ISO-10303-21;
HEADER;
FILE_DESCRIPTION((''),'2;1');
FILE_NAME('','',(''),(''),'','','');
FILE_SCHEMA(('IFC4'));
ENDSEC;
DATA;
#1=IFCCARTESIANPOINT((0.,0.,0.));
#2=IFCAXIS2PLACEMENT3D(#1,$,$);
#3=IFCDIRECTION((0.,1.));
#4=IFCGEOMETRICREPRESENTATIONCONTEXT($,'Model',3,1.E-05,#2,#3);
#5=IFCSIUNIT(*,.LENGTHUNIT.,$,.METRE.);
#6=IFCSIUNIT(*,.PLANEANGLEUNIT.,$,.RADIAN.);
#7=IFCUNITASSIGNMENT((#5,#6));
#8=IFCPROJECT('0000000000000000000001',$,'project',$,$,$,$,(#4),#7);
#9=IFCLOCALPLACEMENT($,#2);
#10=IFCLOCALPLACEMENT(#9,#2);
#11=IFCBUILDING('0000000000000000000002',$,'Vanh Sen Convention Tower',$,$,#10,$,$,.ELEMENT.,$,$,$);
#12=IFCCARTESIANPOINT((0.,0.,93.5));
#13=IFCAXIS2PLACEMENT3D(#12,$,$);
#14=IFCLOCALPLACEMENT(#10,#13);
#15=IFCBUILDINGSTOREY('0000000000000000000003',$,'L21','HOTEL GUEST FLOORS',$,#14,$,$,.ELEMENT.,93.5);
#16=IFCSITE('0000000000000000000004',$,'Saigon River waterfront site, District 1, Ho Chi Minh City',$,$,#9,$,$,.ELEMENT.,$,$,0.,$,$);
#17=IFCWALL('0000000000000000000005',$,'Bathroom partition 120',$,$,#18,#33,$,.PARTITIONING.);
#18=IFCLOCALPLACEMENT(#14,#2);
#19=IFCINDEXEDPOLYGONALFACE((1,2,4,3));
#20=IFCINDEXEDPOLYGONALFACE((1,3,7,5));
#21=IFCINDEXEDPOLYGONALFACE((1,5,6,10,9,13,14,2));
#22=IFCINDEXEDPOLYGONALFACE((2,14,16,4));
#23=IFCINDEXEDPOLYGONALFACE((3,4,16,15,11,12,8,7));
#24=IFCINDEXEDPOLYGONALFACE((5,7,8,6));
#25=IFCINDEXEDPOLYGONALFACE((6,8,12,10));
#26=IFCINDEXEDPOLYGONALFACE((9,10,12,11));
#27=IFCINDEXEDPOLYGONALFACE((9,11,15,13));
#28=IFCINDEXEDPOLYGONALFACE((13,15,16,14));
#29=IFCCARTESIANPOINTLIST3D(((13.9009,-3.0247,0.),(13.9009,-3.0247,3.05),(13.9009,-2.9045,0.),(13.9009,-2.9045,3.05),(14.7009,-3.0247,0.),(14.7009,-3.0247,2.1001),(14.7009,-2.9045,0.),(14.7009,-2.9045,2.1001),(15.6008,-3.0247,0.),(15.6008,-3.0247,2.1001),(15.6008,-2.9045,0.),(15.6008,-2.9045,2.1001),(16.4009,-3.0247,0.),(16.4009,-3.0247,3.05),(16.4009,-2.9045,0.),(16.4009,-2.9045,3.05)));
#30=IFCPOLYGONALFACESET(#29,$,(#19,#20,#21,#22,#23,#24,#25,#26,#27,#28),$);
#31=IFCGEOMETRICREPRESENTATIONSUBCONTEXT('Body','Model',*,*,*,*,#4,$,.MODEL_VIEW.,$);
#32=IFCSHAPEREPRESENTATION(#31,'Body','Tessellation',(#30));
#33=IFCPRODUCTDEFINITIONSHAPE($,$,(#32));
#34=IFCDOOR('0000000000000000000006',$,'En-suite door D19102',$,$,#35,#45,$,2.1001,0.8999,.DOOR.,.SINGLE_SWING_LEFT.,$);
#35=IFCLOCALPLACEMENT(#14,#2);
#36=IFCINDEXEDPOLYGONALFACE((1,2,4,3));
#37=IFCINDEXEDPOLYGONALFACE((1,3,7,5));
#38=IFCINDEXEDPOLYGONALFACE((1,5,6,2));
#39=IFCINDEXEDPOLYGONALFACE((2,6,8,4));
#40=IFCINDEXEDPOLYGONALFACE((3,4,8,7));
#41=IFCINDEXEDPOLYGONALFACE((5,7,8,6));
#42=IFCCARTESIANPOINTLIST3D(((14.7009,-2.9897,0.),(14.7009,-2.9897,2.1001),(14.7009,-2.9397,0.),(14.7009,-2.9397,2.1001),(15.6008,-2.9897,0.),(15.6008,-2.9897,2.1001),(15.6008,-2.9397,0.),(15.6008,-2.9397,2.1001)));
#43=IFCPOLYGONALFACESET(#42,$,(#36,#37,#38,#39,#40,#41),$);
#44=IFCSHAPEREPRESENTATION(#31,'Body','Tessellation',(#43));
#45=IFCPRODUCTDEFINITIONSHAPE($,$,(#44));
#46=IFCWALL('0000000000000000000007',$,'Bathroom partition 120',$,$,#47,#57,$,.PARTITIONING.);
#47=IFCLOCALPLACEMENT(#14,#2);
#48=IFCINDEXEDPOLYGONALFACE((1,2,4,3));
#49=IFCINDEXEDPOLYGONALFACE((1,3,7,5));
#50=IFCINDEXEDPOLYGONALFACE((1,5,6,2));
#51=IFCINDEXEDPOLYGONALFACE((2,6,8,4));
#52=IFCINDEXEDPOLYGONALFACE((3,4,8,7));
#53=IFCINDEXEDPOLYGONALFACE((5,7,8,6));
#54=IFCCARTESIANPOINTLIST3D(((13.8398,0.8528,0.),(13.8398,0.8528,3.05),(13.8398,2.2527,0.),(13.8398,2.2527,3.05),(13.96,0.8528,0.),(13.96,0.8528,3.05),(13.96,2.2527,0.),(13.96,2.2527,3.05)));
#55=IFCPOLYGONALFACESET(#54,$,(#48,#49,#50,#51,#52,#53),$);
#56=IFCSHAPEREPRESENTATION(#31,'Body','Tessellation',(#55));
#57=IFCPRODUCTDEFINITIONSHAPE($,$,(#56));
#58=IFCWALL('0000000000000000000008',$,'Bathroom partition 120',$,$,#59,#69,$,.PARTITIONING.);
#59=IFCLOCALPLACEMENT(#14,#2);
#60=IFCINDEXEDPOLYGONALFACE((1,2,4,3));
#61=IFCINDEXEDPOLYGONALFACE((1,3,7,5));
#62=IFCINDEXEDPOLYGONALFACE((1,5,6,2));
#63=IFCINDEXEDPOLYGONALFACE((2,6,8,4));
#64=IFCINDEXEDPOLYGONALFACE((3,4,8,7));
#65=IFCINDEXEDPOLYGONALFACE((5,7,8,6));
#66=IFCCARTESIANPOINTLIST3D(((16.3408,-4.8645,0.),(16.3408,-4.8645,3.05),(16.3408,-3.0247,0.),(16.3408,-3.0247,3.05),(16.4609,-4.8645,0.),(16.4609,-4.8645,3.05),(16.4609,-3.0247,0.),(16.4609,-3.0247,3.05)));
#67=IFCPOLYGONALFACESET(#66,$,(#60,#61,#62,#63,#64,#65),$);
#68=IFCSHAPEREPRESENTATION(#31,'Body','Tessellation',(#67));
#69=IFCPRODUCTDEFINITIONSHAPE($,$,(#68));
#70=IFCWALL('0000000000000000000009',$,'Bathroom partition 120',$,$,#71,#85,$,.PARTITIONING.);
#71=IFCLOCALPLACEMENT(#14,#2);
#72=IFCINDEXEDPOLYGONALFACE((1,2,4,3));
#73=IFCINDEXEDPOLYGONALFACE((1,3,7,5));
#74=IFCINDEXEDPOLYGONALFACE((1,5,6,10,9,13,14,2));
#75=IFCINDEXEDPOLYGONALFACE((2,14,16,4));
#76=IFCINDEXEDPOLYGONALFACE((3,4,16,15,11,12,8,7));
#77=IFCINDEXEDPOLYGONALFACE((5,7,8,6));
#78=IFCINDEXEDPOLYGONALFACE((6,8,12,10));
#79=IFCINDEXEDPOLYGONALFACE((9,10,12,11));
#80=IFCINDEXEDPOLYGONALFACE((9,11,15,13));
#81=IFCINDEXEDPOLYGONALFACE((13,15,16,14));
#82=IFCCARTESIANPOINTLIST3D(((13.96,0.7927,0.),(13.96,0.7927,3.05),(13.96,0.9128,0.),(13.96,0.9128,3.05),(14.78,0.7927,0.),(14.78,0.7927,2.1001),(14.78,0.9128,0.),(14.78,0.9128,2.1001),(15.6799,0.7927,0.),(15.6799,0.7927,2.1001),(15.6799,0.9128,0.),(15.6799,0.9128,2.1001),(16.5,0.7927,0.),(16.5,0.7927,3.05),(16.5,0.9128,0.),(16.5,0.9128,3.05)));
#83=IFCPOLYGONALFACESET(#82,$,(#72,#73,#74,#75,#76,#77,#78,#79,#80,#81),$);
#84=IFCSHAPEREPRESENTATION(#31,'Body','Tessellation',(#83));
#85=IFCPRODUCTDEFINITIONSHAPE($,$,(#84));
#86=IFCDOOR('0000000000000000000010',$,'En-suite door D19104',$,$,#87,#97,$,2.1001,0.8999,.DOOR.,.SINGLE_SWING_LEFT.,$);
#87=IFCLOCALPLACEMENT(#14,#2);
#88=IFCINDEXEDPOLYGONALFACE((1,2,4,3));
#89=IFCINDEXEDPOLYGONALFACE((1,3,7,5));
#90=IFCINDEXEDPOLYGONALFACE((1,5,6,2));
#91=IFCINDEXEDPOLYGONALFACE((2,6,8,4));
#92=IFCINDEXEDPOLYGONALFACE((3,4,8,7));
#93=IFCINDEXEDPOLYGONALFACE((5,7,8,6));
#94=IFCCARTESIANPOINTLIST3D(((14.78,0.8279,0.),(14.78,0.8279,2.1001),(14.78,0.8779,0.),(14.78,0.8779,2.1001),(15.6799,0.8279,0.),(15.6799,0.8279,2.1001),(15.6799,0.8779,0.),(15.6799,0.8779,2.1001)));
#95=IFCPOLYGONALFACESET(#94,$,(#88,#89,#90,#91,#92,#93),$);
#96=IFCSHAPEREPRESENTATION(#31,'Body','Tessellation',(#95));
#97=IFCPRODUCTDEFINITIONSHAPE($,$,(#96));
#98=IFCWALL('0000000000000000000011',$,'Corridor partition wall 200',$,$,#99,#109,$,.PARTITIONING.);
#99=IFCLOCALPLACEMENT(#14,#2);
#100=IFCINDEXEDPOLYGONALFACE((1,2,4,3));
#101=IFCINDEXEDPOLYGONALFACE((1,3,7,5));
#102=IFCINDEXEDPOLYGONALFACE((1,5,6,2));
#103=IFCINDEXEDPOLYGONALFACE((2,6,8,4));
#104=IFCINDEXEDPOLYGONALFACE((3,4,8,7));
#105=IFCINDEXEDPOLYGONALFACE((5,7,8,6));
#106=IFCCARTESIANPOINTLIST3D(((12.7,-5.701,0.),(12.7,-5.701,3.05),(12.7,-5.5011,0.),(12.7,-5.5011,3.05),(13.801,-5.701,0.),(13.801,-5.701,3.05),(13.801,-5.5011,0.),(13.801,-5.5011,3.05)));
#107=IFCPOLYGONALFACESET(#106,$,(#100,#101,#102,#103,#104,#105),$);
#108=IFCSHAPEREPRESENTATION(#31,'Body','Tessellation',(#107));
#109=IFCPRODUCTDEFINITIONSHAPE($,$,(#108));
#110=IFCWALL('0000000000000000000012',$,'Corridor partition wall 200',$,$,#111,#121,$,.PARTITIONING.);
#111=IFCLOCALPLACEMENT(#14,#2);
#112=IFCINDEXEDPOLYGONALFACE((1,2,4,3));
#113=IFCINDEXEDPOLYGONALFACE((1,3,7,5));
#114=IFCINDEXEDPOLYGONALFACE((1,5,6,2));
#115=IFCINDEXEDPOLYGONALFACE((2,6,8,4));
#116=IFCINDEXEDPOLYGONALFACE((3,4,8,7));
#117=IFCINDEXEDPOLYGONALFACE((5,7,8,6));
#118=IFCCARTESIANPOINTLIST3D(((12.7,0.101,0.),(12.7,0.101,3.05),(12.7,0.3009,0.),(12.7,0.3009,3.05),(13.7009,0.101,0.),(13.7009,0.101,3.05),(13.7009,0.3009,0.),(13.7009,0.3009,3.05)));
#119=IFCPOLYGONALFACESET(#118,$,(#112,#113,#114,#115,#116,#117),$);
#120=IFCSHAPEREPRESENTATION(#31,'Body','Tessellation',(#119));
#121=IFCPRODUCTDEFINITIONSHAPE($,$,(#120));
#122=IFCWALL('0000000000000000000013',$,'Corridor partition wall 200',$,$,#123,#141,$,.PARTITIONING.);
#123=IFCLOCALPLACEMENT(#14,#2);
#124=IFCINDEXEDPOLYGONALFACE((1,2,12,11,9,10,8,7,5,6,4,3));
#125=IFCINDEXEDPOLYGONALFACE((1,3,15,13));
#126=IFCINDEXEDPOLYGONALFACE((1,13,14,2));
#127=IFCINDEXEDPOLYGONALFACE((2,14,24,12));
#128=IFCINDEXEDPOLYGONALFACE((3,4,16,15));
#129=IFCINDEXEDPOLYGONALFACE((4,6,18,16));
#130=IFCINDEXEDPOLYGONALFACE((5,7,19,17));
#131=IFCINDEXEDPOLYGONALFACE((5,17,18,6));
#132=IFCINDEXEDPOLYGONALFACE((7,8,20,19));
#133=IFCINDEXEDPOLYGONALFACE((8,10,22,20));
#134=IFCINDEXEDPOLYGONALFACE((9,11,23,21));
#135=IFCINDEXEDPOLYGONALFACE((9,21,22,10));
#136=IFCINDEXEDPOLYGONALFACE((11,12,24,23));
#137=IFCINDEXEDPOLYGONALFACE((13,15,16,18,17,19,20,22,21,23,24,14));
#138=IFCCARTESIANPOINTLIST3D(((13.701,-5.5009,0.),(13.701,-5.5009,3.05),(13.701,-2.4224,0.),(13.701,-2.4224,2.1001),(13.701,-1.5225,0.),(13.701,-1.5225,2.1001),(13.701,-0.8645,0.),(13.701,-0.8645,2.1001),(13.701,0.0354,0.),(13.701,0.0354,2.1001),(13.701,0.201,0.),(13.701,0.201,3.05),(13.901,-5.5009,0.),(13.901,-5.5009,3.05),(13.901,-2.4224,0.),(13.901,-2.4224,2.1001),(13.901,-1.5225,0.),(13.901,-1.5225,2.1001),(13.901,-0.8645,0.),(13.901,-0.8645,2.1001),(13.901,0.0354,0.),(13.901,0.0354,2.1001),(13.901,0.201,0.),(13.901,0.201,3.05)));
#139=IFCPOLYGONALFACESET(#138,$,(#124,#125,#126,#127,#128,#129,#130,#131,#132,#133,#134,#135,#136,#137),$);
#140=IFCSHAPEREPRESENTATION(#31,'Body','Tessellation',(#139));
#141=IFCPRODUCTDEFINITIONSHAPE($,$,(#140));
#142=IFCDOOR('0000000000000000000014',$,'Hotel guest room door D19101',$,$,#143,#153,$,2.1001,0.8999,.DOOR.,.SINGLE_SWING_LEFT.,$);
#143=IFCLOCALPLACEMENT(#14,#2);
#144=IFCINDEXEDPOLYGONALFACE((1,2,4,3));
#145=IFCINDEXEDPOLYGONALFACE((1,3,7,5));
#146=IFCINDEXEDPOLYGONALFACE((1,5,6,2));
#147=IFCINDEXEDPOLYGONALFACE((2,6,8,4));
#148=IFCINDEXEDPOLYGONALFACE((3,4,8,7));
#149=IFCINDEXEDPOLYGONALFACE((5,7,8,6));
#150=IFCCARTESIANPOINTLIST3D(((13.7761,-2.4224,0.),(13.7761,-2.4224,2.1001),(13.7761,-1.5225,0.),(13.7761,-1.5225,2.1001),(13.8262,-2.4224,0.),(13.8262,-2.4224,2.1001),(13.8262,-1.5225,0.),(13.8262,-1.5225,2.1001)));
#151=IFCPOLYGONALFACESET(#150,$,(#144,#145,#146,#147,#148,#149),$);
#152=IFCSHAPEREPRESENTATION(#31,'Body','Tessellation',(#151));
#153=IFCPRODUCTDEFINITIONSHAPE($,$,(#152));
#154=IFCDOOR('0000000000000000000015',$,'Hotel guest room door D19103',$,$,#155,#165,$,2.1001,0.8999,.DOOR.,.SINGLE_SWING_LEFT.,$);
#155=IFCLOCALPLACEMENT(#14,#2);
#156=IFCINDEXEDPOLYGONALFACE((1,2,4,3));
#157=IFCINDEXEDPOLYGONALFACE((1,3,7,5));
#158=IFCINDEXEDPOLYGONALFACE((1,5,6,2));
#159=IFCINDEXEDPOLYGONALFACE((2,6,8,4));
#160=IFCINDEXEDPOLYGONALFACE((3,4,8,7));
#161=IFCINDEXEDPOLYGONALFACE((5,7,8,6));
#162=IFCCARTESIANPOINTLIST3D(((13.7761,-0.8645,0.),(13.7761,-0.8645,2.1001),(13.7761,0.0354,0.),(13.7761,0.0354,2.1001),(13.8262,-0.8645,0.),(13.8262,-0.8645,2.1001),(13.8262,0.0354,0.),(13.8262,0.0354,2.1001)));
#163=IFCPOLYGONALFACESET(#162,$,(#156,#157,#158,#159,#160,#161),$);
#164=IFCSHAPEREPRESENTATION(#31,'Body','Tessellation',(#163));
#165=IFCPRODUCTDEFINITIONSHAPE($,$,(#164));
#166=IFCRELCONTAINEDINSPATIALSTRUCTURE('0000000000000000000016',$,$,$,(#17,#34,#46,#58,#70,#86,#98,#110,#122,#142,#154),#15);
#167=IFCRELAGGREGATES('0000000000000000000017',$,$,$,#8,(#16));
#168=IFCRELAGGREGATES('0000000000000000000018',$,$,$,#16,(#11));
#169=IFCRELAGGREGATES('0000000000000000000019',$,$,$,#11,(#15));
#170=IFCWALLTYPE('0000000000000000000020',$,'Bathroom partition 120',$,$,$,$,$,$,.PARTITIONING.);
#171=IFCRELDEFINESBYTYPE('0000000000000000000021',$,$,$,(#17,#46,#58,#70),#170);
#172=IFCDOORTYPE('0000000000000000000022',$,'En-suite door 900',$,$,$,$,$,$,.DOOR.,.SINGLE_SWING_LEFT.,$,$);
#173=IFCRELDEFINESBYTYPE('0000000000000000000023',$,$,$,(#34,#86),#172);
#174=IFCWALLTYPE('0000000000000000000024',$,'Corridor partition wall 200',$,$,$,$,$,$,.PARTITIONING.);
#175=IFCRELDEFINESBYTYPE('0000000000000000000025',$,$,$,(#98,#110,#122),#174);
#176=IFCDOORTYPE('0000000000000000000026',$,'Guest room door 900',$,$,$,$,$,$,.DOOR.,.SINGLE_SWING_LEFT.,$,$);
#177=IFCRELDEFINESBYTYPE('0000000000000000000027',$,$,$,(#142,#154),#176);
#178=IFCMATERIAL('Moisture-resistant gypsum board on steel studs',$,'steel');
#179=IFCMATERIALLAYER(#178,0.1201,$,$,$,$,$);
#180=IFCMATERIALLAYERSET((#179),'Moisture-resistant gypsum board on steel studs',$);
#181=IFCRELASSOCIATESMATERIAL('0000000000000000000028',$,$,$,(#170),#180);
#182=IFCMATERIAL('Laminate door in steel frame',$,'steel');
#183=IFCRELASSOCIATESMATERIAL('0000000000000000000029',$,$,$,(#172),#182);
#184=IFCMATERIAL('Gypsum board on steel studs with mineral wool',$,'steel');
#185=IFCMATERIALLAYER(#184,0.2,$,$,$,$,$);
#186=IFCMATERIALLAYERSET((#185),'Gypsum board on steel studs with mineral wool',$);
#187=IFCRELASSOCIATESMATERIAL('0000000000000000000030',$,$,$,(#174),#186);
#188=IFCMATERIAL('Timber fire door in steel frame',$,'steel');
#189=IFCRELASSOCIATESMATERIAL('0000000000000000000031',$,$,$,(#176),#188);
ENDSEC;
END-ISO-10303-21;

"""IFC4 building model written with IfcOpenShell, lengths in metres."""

from ifc_helpers import new_model, si_unit, direction, frame, frame_2d, origin, place, context, subcontext, project, spatial, rectangle, extrude, material, layer, layer_set, type_object, element, fill, save


model = new_model("IFC4")

# Units and contexts
model_context = context("Model", 3, precision=1e-05, world=origin(), true_north=direction((0.0, 1.0)))
body_context = subcontext(model_context, "Body", "Model", "MODEL_VIEW")
ifc_project = project(units=[si_unit("LENGTHUNIT", "METRE"), si_unit("PLANEANGLEUNIT", "RADIAN")], contexts=[model_context])

# Site, building, storey
site_placement = place(None, origin())
site = spatial("IfcSite", under=ifc_project, at=site_placement, Name="Saigon River waterfront site, District 1, Ho Chi Minh City", CompositionType="ELEMENT", RefElevation=0.0)
building_placement = place(site_placement, origin())
building = spatial("IfcBuilding", under=site, at=building_placement, Name="Vanh Sen Convention Tower", CompositionType="ELEMENT")
storey_placement = place(building_placement, frame((0.0, 0.0, 93.5)))
storey = spatial("IfcBuildingStorey", under=building, at=storey_placement, Name="L21", Description="HOTEL GUEST FLOORS", CompositionType="ELEMENT", Elevation=93.5)

# Wall, opening, door
ifc_material_1 = material(Name="Moisture-resistant gypsum board on steel studs", Category="steel")
ifc_layer_1 = layer(ifc_material_1, 0.1201)
ifc_layer_set_1 = layer_set([ifc_layer_1], Name="Moisture-resistant gypsum board on steel studs")
wall_type_1 = type_object("IfcWallType", Name="Bathroom partition 120", PredefinedType="PARTITIONING", material=ifc_layer_set_1)
wall_1_placement = place(storey_placement, frame((13.9009, -2.9646, 0.0), z_axis=(0.0, 0.0, 1.0), x_axis=(1.0, 0.0, 0.0)))
wall_1 = element("IfcWall", 1, at=wall_1_placement, inside=storey, type_object=wall_type_1, Name="Bathroom partition 120", PredefinedType="PARTITIONING", context=body_context, shape_type="SweptSolid", body=[
    extrude(rectangle(XDim=2.5, YDim=0.1201, at=frame_2d((1.25, 0.0))), origin(), (0.0, 0.0, 1.0), 3.05),
])
opening_1_placement = place(wall_1_placement, frame((0.8, 0.0, 0.0)))
opening_1 = element("IfcOpeningElement", 2, at=opening_1_placement, cuts=wall_1, PredefinedType="OPENING", context=body_context, shape_type="SweptSolid", body=[
    extrude(rectangle(XDim=0.8999, YDim=2.1001, at=frame_2d((0.45, 1.05))), frame((0.0, 0.0701, 0.0), z_axis=(0.0, -1.0, 0.0), x_axis=(1.0, 0.0, 0.0)), (0.0, 0.0, 1.0), 0.1401),
])
ifc_material_2 = material(Name="Laminate door in steel frame", Category="steel")
door_type_1 = type_object("IfcDoorType", Name="En-suite door 900", OperationType="SINGLE_SWING_LEFT", PredefinedType="DOOR", material=ifc_material_2)
door_1_placement = place(opening_1_placement, origin())
door_1 = element("IfcDoor", 3, at=door_1_placement, inside=storey, type_object=door_type_1, Name="En-suite door D19102", OperationType="SINGLE_SWING_LEFT", OverallHeight=2.1001, OverallWidth=0.8999, PredefinedType="DOOR", context=body_context, shape_type="SweptSolid", body=[
    extrude(rectangle(XDim=0.8999, YDim=2.1001, at=frame_2d((0.45, 1.05))), frame((0.0, 0.0249, 0.0), z_axis=(0.0, -1.0, 0.0), x_axis=(1.0, 0.0, 0.0)), (0.0, 0.0, 1.0), 0.05),
])
fill(opening_1, door_1)

# Walls
wall_2_placement = place(storey_placement, frame((13.8999, 0.8528, 0.0), z_axis=(0.0, 0.0, 1.0), x_axis=(0.0, 1.0, 0.0)))
element("IfcWall", 4, at=wall_2_placement, inside=storey, type_object=wall_type_1, Name="Bathroom partition 120", PredefinedType="PARTITIONING", context=body_context, shape_type="SweptSolid", body=[
    extrude(rectangle(XDim=1.3999, YDim=0.1201, at=frame_2d((0.7, 0.0))), origin(), (0.0, 0.0, 1.0), 3.05),
])
wall_3_placement = place(storey_placement, frame((16.4009, -3.0247, 0.0), z_axis=(0.0, 0.0, 1.0), x_axis=(0.0, -1.0, 0.0)))
element("IfcWall", 5, at=wall_3_placement, inside=storey, type_object=wall_type_1, Name="Bathroom partition 120", PredefinedType="PARTITIONING", context=body_context, shape_type="SweptSolid", body=[
    extrude(rectangle(XDim=1.8398, YDim=0.1201, at=frame_2d((0.9199, 0.0))), origin(), (0.0, 0.0, 1.0), 3.05),
])

# Wall, opening, door
wall_4_placement = place(storey_placement, frame((16.5, 0.8528, 0.0), z_axis=(0.0, 0.0, 1.0), x_axis=(-1.0, 0.0, 0.0)))
wall_4 = element("IfcWall", 6, at=wall_4_placement, inside=storey, type_object=wall_type_1, Name="Bathroom partition 120", PredefinedType="PARTITIONING", context=body_context, shape_type="SweptSolid", body=[
    extrude(rectangle(XDim=2.54, YDim=0.1201, at=frame_2d((1.27, 0.0))), origin(), (0.0, 0.0, 1.0), 3.05),
])
opening_2_placement = place(wall_4_placement, frame((0.8201, 0.0, 0.0)))
opening_2 = element("IfcOpeningElement", 7, at=opening_2_placement, cuts=wall_4, PredefinedType="OPENING", context=body_context, shape_type="SweptSolid", body=[
    extrude(rectangle(XDim=0.8999, YDim=2.1001, at=frame_2d((0.45, 1.05))), frame((0.0, 0.0701, 0.0), z_axis=(0.0, -1.0, 0.0), x_axis=(1.0, 0.0, 0.0)), (0.0, 0.0, 1.0), 0.1401),
])
door_2_placement = place(opening_2_placement, origin())
door_2 = element("IfcDoor", 8, at=door_2_placement, inside=storey, type_object=door_type_1, Name="En-suite door D19104", OperationType="SINGLE_SWING_LEFT", OverallHeight=2.1001, OverallWidth=0.8999, PredefinedType="DOOR", context=body_context, shape_type="SweptSolid", body=[
    extrude(rectangle(XDim=0.8999, YDim=2.1001, at=frame_2d((0.45, 1.05))), frame((0.0, 0.0249, 0.0), z_axis=(0.0, -1.0, 0.0), x_axis=(1.0, 0.0, 0.0)), (0.0, 0.0, 1.0), 0.05),
])
fill(opening_2, door_2)

# Walls
ifc_material_3 = material(Name="Gypsum board on steel studs with mineral wool", Category="steel")
ifc_layer_2 = layer(ifc_material_3, 0.2)
ifc_layer_set_2 = layer_set([ifc_layer_2], Name="Gypsum board on steel studs with mineral wool")
wall_type_2 = type_object("IfcWallType", Name="Corridor partition wall 200", PredefinedType="PARTITIONING", material=ifc_layer_set_2)
wall_5_placement = place(storey_placement, frame((12.7, -5.6011, 0.0), z_axis=(0.0, 0.0, 1.0), x_axis=(1.0, 0.0, 0.0)))
element("IfcWall", 9, at=wall_5_placement, inside=storey, type_object=wall_type_2, Name="Corridor partition wall 200", PredefinedType="PARTITIONING", context=body_context, shape_type="SweptSolid", body=[
    extrude(rectangle(XDim=1.1011, YDim=0.2, at=frame_2d((0.5505, 0.0))), origin(), (0.0, 0.0, 1.0), 3.05),
])
wall_6_placement = place(storey_placement, frame((13.7009, 0.2009, 0.0), z_axis=(0.0, 0.0, 1.0), x_axis=(-1.0, 0.0, 0.0)))
element("IfcWall", 10, at=wall_6_placement, inside=storey, type_object=wall_type_2, Name="Corridor partition wall 200", PredefinedType="PARTITIONING", context=body_context, shape_type="SweptSolid", body=[
    extrude(rectangle(XDim=1.001, YDim=0.2, at=frame_2d((0.5005, 0.0))), origin(), (0.0, 0.0, 1.0), 3.05),
])

# Wall, openings, doors
wall_7_placement = place(storey_placement, frame((13.801, -5.501, 0.0), z_axis=(0.0, 0.0, 1.0), x_axis=(0.0, 1.0, 0.0)))
wall_7 = element("IfcWall", 11, at=wall_7_placement, inside=storey, type_object=wall_type_2, Name="Corridor partition wall 200", PredefinedType="PARTITIONING", context=body_context, shape_type="SweptSolid", body=[
    extrude(rectangle(XDim=5.7019, YDim=0.2, at=frame_2d((2.8511, 0.0))), origin(), (0.0, 0.0, 1.0), 3.05),
])
opening_3_placement = place(wall_7_placement, frame((3.0786, 0.0, 0.0)))
opening_3 = element("IfcOpeningElement", 12, at=opening_3_placement, cuts=wall_7, PredefinedType="OPENING", context=body_context, shape_type="SweptSolid", body=[
    extrude(rectangle(XDim=0.8999, YDim=2.1001, at=frame_2d((0.45, 1.05))), frame((0.0, 0.1099, 0.0), z_axis=(0.0, -1.0, 0.0), x_axis=(1.0, 0.0, 0.0)), (0.0, 0.0, 1.0), 0.22),
])
opening_4_placement = place(wall_7_placement, frame((4.6365, 0.0, 0.0)))
opening_4 = element("IfcOpeningElement", 13, at=opening_4_placement, cuts=wall_7, PredefinedType="OPENING", context=body_context, shape_type="SweptSolid", body=[
    extrude(rectangle(XDim=0.8999, YDim=2.1001, at=frame_2d((0.45, 1.05))), frame((0.0, 0.1099, 0.0), z_axis=(0.0, -1.0, 0.0), x_axis=(1.0, 0.0, 0.0)), (0.0, 0.0, 1.0), 0.22),
])
ifc_material_4 = material(Name="Timber fire door in steel frame", Category="steel")
door_type_2 = type_object("IfcDoorType", Name="Guest room door 900", OperationType="SINGLE_SWING_LEFT", PredefinedType="DOOR", material=ifc_material_4)
door_3_placement = place(opening_3_placement, origin())
door_3 = element("IfcDoor", 14, at=door_3_placement, inside=storey, type_object=door_type_2, Name="Hotel guest room door D19101", OperationType="SINGLE_SWING_LEFT", OverallHeight=2.1001, OverallWidth=0.8999, PredefinedType="DOOR", context=body_context, shape_type="SweptSolid", body=[
    extrude(rectangle(XDim=0.8999, YDim=2.1001, at=frame_2d((0.45, 1.05))), frame((0.0, 0.0249, 0.0), z_axis=(0.0, -1.0, 0.0), x_axis=(1.0, 0.0, 0.0)), (0.0, 0.0, 1.0), 0.05),
])
fill(opening_3, door_3)
door_4_placement = place(opening_4_placement, origin())
door_4 = element("IfcDoor", 15, at=door_4_placement, inside=storey, type_object=door_type_2, Name="Hotel guest room door D19103", OperationType="SINGLE_SWING_LEFT", OverallHeight=2.1001, OverallWidth=0.8999, PredefinedType="DOOR", context=body_context, shape_type="SweptSolid", body=[
    extrude(rectangle(XDim=0.8999, YDim=2.1001, at=frame_2d((0.45, 1.05))), frame((0.0, 0.0249, 0.0), z_axis=(0.0, -1.0, 0.0), x_axis=(1.0, 0.0, 0.0)), (0.0, 0.0, 1.0), 0.05),
])
fill(opening_4, door_4)

save(model, "model.ifc")
